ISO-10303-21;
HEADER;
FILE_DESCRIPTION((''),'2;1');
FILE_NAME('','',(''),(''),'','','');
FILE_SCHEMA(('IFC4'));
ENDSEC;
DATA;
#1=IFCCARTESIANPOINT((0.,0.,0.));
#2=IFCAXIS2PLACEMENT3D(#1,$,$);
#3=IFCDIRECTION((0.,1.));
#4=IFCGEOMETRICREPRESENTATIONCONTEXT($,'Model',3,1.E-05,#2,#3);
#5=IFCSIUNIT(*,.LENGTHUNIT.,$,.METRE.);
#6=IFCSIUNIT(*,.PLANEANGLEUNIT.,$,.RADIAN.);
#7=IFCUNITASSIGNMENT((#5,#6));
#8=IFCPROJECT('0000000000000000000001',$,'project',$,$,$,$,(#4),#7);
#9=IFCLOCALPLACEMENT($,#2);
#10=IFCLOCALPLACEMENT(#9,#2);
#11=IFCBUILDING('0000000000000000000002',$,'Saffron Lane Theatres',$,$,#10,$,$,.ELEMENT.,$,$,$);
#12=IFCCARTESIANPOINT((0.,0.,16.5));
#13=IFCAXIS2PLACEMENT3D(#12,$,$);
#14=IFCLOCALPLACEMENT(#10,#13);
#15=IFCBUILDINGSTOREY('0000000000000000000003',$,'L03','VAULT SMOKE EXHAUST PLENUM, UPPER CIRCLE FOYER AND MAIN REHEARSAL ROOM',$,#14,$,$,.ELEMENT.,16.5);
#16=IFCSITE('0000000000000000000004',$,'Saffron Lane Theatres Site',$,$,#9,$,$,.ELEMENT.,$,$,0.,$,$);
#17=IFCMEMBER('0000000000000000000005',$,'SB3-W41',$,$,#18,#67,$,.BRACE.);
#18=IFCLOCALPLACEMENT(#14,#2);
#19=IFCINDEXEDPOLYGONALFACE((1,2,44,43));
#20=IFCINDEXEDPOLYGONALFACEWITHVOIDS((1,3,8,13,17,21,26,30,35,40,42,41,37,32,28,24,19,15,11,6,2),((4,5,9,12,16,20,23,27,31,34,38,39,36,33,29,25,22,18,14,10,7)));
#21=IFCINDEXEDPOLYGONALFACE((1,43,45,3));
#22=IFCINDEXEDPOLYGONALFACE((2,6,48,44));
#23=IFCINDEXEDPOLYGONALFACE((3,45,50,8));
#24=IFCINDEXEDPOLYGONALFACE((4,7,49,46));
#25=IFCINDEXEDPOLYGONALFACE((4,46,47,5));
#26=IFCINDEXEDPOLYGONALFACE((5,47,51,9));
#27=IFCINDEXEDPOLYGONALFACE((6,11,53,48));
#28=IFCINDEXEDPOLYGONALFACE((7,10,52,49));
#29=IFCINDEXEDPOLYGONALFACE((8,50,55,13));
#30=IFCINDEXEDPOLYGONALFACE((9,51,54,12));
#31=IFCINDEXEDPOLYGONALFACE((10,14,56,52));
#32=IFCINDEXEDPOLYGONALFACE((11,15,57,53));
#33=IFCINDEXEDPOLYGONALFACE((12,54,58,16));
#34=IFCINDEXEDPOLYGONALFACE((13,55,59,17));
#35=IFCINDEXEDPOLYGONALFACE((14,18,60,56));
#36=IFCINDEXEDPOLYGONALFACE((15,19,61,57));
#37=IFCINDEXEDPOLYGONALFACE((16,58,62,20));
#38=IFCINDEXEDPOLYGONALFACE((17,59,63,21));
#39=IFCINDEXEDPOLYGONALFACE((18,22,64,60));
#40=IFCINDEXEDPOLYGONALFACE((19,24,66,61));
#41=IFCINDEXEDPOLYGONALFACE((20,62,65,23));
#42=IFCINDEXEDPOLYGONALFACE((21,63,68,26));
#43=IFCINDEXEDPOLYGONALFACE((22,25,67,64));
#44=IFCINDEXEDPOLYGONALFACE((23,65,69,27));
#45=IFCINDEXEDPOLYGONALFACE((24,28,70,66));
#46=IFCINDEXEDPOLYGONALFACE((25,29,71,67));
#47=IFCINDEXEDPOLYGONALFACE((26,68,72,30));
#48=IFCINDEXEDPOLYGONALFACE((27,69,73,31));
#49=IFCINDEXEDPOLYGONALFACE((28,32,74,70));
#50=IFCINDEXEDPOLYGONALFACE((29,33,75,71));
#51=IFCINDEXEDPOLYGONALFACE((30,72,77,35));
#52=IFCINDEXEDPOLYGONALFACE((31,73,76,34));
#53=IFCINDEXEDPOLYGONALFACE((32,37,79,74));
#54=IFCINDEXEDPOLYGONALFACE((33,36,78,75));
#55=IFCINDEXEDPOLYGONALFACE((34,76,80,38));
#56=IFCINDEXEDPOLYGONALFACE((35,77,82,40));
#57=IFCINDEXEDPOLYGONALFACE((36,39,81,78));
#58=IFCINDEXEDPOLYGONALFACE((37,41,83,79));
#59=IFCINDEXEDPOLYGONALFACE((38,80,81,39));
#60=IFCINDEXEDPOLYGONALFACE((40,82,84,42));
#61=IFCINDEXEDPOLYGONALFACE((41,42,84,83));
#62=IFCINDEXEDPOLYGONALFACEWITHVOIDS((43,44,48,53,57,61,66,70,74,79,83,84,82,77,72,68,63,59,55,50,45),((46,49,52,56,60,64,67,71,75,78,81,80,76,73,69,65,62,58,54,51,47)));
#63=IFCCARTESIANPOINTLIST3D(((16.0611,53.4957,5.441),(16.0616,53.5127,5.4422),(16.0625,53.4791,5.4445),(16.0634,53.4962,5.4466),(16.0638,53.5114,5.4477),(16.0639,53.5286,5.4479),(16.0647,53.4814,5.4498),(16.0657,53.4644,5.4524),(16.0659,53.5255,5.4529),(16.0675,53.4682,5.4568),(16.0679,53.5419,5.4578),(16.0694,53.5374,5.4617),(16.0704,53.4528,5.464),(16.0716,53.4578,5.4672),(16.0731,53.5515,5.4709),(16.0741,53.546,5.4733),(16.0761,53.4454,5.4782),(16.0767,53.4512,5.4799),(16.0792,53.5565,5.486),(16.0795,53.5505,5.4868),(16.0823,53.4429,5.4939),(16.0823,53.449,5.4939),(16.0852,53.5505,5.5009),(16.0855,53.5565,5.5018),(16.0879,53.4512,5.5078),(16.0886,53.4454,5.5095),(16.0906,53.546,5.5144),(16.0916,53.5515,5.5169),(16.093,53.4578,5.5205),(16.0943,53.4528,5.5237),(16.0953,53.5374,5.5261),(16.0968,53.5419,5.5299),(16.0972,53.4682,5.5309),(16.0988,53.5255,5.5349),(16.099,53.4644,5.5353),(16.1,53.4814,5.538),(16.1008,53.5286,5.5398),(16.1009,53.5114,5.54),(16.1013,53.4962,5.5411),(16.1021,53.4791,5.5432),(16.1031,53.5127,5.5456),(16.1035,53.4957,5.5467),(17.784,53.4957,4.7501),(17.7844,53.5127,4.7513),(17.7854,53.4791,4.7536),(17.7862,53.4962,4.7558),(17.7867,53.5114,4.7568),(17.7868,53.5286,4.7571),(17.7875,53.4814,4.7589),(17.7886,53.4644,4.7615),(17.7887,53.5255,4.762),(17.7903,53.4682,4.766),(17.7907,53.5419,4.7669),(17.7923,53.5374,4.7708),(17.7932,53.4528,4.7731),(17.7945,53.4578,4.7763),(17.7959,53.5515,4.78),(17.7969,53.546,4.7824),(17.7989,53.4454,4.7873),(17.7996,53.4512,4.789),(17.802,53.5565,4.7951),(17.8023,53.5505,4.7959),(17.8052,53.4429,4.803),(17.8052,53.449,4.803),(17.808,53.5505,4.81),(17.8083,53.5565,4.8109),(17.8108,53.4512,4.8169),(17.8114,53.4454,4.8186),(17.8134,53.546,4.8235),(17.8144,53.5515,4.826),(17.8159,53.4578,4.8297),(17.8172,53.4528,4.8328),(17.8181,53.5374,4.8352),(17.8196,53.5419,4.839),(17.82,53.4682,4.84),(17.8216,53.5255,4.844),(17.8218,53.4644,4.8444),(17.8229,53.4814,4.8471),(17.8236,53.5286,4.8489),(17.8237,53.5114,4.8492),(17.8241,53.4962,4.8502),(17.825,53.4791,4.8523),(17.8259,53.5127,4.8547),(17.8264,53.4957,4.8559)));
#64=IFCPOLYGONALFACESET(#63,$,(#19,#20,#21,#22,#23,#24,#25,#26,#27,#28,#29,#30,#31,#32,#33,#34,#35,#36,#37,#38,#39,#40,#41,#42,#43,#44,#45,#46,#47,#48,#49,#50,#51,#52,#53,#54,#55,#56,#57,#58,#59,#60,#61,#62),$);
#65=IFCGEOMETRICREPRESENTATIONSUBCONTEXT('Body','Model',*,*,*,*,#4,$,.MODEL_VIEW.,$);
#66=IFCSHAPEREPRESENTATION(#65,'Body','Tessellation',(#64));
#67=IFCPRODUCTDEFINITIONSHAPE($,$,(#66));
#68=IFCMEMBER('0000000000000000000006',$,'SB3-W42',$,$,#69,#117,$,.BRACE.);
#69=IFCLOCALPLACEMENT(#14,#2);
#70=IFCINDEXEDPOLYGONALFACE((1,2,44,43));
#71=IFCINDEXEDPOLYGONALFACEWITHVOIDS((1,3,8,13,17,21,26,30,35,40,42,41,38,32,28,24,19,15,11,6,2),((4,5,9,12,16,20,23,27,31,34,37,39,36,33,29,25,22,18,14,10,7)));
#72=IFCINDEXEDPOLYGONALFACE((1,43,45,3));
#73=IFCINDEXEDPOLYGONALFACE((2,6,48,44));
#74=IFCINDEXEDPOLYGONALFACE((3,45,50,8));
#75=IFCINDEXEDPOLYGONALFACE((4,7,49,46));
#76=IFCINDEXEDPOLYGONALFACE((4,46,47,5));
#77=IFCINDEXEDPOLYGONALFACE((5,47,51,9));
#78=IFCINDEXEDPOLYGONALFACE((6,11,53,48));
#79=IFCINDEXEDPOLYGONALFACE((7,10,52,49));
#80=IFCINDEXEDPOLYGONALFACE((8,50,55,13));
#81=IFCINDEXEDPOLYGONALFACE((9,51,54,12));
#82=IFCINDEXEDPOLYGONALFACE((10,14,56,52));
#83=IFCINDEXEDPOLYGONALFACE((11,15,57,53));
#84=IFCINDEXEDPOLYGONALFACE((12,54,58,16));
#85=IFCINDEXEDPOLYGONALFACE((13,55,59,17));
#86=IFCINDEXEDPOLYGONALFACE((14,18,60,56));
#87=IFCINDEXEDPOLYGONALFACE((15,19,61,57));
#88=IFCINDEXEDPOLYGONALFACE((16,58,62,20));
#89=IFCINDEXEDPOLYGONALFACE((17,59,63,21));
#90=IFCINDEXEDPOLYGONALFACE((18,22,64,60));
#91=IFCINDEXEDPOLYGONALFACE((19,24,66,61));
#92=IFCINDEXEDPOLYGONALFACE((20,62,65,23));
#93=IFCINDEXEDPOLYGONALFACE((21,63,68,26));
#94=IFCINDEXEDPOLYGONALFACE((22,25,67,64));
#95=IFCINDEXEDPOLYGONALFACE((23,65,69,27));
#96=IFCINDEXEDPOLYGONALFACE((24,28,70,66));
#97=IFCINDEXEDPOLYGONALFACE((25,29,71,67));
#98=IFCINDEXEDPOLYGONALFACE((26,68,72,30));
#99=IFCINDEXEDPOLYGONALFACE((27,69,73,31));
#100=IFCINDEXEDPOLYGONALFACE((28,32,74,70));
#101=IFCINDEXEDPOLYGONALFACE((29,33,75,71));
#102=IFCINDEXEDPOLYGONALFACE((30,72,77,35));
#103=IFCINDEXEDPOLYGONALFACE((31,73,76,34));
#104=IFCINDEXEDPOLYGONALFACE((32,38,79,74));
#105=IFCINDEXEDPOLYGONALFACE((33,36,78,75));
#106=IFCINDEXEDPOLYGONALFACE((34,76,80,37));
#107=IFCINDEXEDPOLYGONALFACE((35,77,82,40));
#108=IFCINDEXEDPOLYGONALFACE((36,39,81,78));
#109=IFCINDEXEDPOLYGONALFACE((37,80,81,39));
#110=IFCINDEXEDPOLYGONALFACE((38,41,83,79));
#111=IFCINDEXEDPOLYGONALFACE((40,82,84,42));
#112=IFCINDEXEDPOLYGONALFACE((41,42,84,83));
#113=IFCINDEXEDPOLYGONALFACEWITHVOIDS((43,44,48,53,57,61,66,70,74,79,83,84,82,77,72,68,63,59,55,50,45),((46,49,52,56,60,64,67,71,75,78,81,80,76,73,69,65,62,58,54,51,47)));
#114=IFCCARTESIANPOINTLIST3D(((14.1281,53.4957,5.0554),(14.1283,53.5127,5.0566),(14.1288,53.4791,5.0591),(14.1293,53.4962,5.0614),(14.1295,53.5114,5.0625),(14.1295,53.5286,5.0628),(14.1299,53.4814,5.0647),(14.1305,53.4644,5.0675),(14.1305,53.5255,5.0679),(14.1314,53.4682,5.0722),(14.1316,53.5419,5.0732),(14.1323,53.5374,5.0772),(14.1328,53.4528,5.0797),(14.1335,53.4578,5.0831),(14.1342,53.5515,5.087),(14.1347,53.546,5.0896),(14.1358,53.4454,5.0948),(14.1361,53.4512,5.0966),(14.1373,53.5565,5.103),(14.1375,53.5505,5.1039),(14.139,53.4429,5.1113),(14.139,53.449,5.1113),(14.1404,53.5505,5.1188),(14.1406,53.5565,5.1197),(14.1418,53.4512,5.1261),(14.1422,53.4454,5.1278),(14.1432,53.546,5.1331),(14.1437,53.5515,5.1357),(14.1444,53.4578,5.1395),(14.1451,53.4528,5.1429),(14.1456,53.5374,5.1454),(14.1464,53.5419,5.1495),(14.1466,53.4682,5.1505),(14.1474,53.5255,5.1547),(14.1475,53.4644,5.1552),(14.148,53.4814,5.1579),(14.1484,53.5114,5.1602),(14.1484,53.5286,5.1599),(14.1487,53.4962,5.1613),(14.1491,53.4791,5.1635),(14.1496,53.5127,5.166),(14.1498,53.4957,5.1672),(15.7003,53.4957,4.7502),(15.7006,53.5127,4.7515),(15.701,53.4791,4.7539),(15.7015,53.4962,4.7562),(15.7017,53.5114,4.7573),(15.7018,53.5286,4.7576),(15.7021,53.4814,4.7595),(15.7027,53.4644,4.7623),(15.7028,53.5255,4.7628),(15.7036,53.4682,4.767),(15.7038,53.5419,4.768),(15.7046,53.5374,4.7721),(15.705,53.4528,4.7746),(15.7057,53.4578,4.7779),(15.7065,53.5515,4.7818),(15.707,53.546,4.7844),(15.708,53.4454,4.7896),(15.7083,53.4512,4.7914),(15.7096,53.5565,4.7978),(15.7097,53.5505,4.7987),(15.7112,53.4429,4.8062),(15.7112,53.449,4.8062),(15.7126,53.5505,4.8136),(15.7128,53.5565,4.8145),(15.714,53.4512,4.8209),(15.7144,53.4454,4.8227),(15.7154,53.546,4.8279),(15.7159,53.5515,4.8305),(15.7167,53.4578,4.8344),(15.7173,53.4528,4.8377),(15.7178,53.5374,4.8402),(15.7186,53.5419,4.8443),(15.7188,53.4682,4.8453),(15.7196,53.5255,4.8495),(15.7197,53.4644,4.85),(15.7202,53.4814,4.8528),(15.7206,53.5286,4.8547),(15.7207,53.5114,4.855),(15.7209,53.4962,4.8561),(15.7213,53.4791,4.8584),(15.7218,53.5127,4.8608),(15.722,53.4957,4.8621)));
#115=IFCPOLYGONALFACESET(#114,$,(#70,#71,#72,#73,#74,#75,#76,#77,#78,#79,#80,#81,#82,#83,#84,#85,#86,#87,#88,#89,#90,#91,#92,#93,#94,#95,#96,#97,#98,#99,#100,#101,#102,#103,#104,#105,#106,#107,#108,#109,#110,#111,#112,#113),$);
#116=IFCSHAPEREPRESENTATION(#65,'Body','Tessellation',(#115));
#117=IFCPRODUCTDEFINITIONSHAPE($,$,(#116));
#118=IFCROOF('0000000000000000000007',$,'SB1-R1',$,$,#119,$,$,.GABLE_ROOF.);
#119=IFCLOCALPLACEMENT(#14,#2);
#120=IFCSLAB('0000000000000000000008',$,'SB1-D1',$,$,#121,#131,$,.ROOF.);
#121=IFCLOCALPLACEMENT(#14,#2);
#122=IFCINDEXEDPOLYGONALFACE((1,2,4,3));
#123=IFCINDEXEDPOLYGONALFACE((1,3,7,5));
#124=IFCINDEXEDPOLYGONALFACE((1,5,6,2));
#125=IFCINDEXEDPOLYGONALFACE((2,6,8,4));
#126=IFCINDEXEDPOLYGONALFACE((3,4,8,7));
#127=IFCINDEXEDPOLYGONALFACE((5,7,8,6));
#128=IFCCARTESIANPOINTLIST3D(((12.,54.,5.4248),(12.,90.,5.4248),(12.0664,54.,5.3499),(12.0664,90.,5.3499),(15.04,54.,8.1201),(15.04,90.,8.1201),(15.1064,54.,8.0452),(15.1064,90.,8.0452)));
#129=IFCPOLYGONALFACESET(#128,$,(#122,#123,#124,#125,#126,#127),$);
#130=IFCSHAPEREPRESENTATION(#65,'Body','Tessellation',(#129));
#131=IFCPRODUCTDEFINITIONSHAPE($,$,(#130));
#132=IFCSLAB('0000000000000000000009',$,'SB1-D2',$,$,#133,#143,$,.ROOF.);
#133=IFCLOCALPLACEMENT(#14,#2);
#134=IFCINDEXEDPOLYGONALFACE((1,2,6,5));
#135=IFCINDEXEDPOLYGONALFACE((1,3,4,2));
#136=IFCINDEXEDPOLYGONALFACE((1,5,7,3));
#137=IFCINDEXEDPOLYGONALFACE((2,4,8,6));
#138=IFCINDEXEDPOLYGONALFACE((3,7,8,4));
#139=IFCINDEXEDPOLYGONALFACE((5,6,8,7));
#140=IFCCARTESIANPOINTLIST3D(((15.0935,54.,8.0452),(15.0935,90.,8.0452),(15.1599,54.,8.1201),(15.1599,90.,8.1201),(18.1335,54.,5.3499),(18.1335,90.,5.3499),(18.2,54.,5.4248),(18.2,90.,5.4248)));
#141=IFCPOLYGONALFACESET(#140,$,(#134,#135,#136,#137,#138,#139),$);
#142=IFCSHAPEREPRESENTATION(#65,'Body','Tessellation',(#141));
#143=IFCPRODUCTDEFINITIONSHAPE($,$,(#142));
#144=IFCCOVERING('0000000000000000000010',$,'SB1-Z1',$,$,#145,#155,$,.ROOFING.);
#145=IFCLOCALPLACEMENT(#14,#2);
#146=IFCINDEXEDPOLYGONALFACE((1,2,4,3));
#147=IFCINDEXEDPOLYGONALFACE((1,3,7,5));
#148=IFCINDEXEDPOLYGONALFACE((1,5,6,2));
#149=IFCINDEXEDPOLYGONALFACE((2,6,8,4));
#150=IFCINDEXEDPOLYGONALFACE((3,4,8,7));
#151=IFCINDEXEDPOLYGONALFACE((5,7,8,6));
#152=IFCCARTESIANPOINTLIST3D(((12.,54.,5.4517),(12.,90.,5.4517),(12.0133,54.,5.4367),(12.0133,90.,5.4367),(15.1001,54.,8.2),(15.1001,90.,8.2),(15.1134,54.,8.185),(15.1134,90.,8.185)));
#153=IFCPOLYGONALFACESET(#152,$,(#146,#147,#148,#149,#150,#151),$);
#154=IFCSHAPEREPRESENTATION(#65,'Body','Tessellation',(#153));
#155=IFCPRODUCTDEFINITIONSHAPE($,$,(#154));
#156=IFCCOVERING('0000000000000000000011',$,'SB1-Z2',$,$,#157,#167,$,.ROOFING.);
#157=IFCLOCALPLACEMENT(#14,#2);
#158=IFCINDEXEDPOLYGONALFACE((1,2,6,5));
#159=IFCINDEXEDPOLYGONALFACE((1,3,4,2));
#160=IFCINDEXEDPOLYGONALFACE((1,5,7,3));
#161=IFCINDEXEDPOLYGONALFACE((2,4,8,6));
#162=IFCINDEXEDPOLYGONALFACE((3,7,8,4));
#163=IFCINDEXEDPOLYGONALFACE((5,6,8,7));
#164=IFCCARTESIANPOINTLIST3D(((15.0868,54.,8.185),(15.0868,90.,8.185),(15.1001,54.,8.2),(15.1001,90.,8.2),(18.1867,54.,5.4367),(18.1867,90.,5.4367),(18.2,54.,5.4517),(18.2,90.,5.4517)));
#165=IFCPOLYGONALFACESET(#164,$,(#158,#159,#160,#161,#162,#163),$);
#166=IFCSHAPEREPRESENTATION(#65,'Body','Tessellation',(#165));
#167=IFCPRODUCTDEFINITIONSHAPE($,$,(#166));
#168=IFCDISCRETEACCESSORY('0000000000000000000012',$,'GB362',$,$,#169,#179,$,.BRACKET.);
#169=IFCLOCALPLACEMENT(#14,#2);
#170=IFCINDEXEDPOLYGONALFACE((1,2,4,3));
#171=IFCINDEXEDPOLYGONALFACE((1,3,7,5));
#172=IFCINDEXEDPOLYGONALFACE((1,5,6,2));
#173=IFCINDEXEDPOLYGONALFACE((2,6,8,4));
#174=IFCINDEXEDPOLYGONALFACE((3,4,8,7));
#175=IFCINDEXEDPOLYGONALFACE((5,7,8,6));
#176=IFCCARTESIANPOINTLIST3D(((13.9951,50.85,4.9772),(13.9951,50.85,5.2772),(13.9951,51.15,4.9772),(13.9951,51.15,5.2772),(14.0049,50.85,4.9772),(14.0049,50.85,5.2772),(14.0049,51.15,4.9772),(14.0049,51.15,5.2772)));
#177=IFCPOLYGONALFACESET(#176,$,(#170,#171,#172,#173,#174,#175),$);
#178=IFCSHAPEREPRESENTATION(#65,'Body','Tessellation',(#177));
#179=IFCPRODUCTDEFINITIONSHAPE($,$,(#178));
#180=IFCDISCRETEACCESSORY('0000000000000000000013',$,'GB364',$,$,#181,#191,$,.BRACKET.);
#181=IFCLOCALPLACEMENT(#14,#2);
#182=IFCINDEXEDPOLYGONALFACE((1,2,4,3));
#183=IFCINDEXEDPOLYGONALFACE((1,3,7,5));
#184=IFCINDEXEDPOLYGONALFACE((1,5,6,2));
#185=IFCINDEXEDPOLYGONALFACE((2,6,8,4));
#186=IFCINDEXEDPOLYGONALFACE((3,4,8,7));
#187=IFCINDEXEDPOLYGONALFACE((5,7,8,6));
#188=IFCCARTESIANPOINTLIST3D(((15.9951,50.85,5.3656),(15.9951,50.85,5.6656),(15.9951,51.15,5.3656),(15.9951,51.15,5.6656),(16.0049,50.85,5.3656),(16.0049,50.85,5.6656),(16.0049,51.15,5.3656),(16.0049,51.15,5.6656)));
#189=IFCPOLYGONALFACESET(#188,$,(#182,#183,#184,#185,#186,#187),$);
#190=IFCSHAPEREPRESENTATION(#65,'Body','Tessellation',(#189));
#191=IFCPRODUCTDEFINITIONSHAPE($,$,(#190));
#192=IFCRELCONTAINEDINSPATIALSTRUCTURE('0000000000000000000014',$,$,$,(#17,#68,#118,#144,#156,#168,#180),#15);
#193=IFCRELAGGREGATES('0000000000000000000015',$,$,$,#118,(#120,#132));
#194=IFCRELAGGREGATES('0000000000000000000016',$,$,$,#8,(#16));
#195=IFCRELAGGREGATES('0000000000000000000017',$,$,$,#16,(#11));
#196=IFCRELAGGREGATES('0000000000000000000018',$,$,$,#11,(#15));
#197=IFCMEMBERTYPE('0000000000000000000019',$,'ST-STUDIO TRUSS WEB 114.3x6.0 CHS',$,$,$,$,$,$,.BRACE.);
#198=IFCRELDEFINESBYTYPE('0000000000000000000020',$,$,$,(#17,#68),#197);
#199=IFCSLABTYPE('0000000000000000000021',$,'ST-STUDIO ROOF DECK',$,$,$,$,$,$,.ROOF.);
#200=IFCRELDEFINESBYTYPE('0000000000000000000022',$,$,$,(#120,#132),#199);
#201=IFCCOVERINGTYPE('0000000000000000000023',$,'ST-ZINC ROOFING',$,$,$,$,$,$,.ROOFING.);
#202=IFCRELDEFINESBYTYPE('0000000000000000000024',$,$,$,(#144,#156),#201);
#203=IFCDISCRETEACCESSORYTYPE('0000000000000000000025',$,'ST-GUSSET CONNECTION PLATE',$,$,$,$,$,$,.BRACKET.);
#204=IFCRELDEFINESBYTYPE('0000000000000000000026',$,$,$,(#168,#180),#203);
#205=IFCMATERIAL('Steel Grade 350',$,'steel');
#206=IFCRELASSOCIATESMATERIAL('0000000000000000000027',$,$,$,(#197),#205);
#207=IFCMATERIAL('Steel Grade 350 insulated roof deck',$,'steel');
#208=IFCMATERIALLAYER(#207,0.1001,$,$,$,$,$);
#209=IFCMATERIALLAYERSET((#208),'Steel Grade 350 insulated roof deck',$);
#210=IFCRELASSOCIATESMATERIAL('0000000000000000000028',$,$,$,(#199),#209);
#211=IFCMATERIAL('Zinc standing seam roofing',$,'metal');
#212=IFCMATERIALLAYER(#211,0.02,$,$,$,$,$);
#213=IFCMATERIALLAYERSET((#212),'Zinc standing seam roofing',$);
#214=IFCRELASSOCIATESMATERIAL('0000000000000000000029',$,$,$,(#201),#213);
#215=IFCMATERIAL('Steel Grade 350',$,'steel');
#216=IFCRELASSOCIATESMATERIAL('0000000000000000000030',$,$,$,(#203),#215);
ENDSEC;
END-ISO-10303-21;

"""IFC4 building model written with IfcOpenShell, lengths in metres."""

from ifc_helpers import new_model, si_unit, direction, frame, origin, origin_2d, place, context, subcontext, project, spatial, polyline, rectangle, hollow_circle, outline, extrude, material, layer, layer_set, material_profile, profile_set, type_object, element, aggregate, save


model = new_model("IFC4")

# Units and contexts
model_context = context("Model", 3, precision=1e-05, world=origin(), true_north=direction((0.0, 1.0)))
body_context = subcontext(model_context, "Body", "Model", "MODEL_VIEW")
ifc_project = project(units=[si_unit("LENGTHUNIT", "METRE"), si_unit("PLANEANGLEUNIT", "RADIAN")], contexts=[model_context])

# Site, building, storey
site_placement = place(None, origin())
site = spatial("IfcSite", under=ifc_project, at=site_placement, Name="Saffron Lane Theatres Site", CompositionType="ELEMENT", RefElevation=0.0)
building_placement = place(site_placement, origin())
building = spatial("IfcBuilding", under=site, at=building_placement, Name="Saffron Lane Theatres", CompositionType="ELEMENT")
storey_placement = place(building_placement, frame((0.0, 0.0, 16.5)))
storey = spatial("IfcBuildingStorey", under=building, at=storey_placement, Name="L03", Description="VAULT SMOKE EXHAUST PLENUM, UPPER CIRCLE FOYER AND MAIN REHEARSAL ROOM", CompositionType="ELEMENT", Elevation=16.5)

# Members
ifc_material_1 = material(Name="Steel Grade 350", Category="steel")
ifc_material_profile_1 = material_profile(ifc_material_1, hollow_circle(Radius=0.0571, WallThickness=0.0061, at=origin_2d()))
ifc_profile_set_1 = profile_set([ifc_material_profile_1], Name="Steel Grade 350")
member_type_1 = type_object("IfcMemberType", Name="ST-STUDIO TRUSS WEB 114.3x6.0 CHS", PredefinedType="BRACE", material=ifc_profile_set_1)
member_1_placement = place(storey_placement, frame((17.8052, 53.5, 4.803), z_axis=(-0.92815, 0.0, 0.372207), x_axis=(0.0, -1.0, 0.0)))
element("IfcMember", 1, at=member_1_placement, inside=storey, type_object=member_type_1, Name="SB3-W41", PredefinedType="BRACE", context=body_context, shape_type="SweptSolid", body=[
    extrude(hollow_circle(Radius=0.0571, WallThickness=0.0061, at=origin_2d()), origin(), (0.0, 0.0, 1.0), 1.8562),
])
member_2_placement = place(storey_placement, frame((15.7112, 53.5, 4.8062), z_axis=(-0.981679, 0.0, 0.190543), x_axis=(0.0, -1.0, 0.0)))
element("IfcMember", 2, at=member_2_placement, inside=storey, type_object=member_type_1, Name="SB3-W42", PredefinedType="BRACE", context=body_context, shape_type="SweptSolid", body=[
    extrude(hollow_circle(Radius=0.0571, WallThickness=0.0061, at=origin_2d()), origin(), (0.0, 0.0, 1.0), 1.6016),
])

# Roof, slabs
roof_placement = place(storey_placement, origin())
roof = element("IfcRoof", 3, at=roof_placement, inside=storey, Name="SB1-R1", PredefinedType="GABLE_ROOF")
ifc_material_2 = material(Name="Steel Grade 350 insulated roof deck", Category="steel")
ifc_layer_1 = layer(ifc_material_2, 0.1001)
ifc_layer_set_1 = layer_set([ifc_layer_1], Name="Steel Grade 350 insulated roof deck")
slab_type = type_object("IfcSlabType", Name="ST-STUDIO ROOF DECK", PredefinedType="ROOF", material=ifc_layer_set_1)
slab_1_placement = place(storey_placement, frame((12.0, 54.0, 5.4248), z_axis=(-0.663408, 0.0, 0.748257), x_axis=(0.748257, 0.0, 0.663408)))
slab_1 = element("IfcSlab", 4, at=slab_1_placement, type_object=slab_type, Name="SB1-D1", PredefinedType="ROOF", context=body_context, shape_type="SweptSolid", body=[
    extrude(outline(polyline([(0.0, 0.0), (4.0628, 0.0), (4.0628, 36.0), (0.0, 36.0), (0.0, 0.0)])), origin(), (0.0, 0.0, -1.0), 0.1001),
])
slab_2_placement = place(storey_placement, frame((15.1599, 54.0, 8.1201), z_axis=(0.663408, 0.0, 0.748257), x_axis=(0.748257, 0.0, -0.663408)))
slab_2 = element("IfcSlab", 5, at=slab_2_placement, type_object=slab_type, Name="SB1-D2", PredefinedType="ROOF", context=body_context, shape_type="SweptSolid", body=[
    extrude(outline(polyline([(0.0, 0.0), (4.0628, 0.0), (4.0628, 36.0), (0.0, 36.0), (0.0, 0.0)])), origin(), (0.0, 0.0, -1.0), 0.1001),
])
aggregate(roof, [slab_1, slab_2])

# Coverings
ifc_material_3 = material(Name="Zinc standing seam roofing", Category="metal")
ifc_layer_2 = layer(ifc_material_3, 0.02)
ifc_layer_set_2 = layer_set([ifc_layer_2], Name="Zinc standing seam roofing")
covering_type = type_object("IfcCoveringType", Name="ST-ZINC ROOFING", PredefinedType="ROOFING", material=ifc_layer_set_2)
covering_1_placement = place(storey_placement, frame((12.0, 54.0, 5.4517), z_axis=(-0.663372, 0.0, 0.74829), x_axis=(0.74829, 0.0, 0.663372)))
element("IfcCovering", 6, at=covering_1_placement, inside=storey, type_object=covering_type, Name="SB1-Z1", PredefinedType="ROOFING", context=body_context, shape_type="SweptSolid", body=[
    extrude(outline(polyline([(0.0, 0.0), (4.1429, 0.0), (4.1429, 36.0), (0.0, 36.0), (0.0, 0.0)])), origin(), (0.0, 0.0, -1.0), 0.02),
])
covering_2_placement = place(storey_placement, frame((15.1001, 54.0, 8.2), z_axis=(0.663401, 0.0, 0.748264), x_axis=(0.748264, 0.0, -0.663401)))
element("IfcCovering", 7, at=covering_2_placement, inside=storey, type_object=covering_type, Name="SB1-Z2", PredefinedType="ROOFING", context=body_context, shape_type="SweptSolid", body=[
    extrude(outline(polyline([(0.0, 0.0), (4.1427, 0.0), (4.1427, 36.0), (0.0, 36.0), (0.0, 0.0)])), origin(), (0.0, 0.0, -1.0), 0.02),
])

# Discrete accessories
ifc_material_4 = material(Name="Steel Grade 350", Category="steel")
ifc_material_profile_2 = material_profile(ifc_material_4, rectangle(XDim=0.3, YDim=0.3, at=origin_2d()))
ifc_profile_set_2 = profile_set([ifc_material_profile_2], Name="Steel Grade 350")
discrete_accessory_type_1 = type_object("IfcDiscreteAccessoryType", Name="ST-GUSSET CONNECTION PLATE", PredefinedType="BRACKET", material=ifc_profile_set_2)
for number, where, z_axis, x_axis, name in (
    (8, (13.9951, 51.0, 5.1272), (1.0, 0.0, 0.0), (0.0, 1.0, 0.0), "GB362"),
    (9, (15.9951, 51.0, 5.5156), (1.0, 0.0, 0.0), (0.0, 1.0, 0.0), "GB364"),
):
    element("IfcDiscreteAccessory", number, at=place(storey_placement, frame(where, z_axis=z_axis, x_axis=x_axis)), inside=storey, type_object=discrete_accessory_type_1, Name=name, PredefinedType="BRACKET", context=body_context, shape_type="SweptSolid", body=[
        extrude(rectangle(XDim=0.3, YDim=0.3, at=origin_2d()), origin(), (0.0, 0.0, 1.0), 0.0098),
    ])

save(model, "model.ifc")
